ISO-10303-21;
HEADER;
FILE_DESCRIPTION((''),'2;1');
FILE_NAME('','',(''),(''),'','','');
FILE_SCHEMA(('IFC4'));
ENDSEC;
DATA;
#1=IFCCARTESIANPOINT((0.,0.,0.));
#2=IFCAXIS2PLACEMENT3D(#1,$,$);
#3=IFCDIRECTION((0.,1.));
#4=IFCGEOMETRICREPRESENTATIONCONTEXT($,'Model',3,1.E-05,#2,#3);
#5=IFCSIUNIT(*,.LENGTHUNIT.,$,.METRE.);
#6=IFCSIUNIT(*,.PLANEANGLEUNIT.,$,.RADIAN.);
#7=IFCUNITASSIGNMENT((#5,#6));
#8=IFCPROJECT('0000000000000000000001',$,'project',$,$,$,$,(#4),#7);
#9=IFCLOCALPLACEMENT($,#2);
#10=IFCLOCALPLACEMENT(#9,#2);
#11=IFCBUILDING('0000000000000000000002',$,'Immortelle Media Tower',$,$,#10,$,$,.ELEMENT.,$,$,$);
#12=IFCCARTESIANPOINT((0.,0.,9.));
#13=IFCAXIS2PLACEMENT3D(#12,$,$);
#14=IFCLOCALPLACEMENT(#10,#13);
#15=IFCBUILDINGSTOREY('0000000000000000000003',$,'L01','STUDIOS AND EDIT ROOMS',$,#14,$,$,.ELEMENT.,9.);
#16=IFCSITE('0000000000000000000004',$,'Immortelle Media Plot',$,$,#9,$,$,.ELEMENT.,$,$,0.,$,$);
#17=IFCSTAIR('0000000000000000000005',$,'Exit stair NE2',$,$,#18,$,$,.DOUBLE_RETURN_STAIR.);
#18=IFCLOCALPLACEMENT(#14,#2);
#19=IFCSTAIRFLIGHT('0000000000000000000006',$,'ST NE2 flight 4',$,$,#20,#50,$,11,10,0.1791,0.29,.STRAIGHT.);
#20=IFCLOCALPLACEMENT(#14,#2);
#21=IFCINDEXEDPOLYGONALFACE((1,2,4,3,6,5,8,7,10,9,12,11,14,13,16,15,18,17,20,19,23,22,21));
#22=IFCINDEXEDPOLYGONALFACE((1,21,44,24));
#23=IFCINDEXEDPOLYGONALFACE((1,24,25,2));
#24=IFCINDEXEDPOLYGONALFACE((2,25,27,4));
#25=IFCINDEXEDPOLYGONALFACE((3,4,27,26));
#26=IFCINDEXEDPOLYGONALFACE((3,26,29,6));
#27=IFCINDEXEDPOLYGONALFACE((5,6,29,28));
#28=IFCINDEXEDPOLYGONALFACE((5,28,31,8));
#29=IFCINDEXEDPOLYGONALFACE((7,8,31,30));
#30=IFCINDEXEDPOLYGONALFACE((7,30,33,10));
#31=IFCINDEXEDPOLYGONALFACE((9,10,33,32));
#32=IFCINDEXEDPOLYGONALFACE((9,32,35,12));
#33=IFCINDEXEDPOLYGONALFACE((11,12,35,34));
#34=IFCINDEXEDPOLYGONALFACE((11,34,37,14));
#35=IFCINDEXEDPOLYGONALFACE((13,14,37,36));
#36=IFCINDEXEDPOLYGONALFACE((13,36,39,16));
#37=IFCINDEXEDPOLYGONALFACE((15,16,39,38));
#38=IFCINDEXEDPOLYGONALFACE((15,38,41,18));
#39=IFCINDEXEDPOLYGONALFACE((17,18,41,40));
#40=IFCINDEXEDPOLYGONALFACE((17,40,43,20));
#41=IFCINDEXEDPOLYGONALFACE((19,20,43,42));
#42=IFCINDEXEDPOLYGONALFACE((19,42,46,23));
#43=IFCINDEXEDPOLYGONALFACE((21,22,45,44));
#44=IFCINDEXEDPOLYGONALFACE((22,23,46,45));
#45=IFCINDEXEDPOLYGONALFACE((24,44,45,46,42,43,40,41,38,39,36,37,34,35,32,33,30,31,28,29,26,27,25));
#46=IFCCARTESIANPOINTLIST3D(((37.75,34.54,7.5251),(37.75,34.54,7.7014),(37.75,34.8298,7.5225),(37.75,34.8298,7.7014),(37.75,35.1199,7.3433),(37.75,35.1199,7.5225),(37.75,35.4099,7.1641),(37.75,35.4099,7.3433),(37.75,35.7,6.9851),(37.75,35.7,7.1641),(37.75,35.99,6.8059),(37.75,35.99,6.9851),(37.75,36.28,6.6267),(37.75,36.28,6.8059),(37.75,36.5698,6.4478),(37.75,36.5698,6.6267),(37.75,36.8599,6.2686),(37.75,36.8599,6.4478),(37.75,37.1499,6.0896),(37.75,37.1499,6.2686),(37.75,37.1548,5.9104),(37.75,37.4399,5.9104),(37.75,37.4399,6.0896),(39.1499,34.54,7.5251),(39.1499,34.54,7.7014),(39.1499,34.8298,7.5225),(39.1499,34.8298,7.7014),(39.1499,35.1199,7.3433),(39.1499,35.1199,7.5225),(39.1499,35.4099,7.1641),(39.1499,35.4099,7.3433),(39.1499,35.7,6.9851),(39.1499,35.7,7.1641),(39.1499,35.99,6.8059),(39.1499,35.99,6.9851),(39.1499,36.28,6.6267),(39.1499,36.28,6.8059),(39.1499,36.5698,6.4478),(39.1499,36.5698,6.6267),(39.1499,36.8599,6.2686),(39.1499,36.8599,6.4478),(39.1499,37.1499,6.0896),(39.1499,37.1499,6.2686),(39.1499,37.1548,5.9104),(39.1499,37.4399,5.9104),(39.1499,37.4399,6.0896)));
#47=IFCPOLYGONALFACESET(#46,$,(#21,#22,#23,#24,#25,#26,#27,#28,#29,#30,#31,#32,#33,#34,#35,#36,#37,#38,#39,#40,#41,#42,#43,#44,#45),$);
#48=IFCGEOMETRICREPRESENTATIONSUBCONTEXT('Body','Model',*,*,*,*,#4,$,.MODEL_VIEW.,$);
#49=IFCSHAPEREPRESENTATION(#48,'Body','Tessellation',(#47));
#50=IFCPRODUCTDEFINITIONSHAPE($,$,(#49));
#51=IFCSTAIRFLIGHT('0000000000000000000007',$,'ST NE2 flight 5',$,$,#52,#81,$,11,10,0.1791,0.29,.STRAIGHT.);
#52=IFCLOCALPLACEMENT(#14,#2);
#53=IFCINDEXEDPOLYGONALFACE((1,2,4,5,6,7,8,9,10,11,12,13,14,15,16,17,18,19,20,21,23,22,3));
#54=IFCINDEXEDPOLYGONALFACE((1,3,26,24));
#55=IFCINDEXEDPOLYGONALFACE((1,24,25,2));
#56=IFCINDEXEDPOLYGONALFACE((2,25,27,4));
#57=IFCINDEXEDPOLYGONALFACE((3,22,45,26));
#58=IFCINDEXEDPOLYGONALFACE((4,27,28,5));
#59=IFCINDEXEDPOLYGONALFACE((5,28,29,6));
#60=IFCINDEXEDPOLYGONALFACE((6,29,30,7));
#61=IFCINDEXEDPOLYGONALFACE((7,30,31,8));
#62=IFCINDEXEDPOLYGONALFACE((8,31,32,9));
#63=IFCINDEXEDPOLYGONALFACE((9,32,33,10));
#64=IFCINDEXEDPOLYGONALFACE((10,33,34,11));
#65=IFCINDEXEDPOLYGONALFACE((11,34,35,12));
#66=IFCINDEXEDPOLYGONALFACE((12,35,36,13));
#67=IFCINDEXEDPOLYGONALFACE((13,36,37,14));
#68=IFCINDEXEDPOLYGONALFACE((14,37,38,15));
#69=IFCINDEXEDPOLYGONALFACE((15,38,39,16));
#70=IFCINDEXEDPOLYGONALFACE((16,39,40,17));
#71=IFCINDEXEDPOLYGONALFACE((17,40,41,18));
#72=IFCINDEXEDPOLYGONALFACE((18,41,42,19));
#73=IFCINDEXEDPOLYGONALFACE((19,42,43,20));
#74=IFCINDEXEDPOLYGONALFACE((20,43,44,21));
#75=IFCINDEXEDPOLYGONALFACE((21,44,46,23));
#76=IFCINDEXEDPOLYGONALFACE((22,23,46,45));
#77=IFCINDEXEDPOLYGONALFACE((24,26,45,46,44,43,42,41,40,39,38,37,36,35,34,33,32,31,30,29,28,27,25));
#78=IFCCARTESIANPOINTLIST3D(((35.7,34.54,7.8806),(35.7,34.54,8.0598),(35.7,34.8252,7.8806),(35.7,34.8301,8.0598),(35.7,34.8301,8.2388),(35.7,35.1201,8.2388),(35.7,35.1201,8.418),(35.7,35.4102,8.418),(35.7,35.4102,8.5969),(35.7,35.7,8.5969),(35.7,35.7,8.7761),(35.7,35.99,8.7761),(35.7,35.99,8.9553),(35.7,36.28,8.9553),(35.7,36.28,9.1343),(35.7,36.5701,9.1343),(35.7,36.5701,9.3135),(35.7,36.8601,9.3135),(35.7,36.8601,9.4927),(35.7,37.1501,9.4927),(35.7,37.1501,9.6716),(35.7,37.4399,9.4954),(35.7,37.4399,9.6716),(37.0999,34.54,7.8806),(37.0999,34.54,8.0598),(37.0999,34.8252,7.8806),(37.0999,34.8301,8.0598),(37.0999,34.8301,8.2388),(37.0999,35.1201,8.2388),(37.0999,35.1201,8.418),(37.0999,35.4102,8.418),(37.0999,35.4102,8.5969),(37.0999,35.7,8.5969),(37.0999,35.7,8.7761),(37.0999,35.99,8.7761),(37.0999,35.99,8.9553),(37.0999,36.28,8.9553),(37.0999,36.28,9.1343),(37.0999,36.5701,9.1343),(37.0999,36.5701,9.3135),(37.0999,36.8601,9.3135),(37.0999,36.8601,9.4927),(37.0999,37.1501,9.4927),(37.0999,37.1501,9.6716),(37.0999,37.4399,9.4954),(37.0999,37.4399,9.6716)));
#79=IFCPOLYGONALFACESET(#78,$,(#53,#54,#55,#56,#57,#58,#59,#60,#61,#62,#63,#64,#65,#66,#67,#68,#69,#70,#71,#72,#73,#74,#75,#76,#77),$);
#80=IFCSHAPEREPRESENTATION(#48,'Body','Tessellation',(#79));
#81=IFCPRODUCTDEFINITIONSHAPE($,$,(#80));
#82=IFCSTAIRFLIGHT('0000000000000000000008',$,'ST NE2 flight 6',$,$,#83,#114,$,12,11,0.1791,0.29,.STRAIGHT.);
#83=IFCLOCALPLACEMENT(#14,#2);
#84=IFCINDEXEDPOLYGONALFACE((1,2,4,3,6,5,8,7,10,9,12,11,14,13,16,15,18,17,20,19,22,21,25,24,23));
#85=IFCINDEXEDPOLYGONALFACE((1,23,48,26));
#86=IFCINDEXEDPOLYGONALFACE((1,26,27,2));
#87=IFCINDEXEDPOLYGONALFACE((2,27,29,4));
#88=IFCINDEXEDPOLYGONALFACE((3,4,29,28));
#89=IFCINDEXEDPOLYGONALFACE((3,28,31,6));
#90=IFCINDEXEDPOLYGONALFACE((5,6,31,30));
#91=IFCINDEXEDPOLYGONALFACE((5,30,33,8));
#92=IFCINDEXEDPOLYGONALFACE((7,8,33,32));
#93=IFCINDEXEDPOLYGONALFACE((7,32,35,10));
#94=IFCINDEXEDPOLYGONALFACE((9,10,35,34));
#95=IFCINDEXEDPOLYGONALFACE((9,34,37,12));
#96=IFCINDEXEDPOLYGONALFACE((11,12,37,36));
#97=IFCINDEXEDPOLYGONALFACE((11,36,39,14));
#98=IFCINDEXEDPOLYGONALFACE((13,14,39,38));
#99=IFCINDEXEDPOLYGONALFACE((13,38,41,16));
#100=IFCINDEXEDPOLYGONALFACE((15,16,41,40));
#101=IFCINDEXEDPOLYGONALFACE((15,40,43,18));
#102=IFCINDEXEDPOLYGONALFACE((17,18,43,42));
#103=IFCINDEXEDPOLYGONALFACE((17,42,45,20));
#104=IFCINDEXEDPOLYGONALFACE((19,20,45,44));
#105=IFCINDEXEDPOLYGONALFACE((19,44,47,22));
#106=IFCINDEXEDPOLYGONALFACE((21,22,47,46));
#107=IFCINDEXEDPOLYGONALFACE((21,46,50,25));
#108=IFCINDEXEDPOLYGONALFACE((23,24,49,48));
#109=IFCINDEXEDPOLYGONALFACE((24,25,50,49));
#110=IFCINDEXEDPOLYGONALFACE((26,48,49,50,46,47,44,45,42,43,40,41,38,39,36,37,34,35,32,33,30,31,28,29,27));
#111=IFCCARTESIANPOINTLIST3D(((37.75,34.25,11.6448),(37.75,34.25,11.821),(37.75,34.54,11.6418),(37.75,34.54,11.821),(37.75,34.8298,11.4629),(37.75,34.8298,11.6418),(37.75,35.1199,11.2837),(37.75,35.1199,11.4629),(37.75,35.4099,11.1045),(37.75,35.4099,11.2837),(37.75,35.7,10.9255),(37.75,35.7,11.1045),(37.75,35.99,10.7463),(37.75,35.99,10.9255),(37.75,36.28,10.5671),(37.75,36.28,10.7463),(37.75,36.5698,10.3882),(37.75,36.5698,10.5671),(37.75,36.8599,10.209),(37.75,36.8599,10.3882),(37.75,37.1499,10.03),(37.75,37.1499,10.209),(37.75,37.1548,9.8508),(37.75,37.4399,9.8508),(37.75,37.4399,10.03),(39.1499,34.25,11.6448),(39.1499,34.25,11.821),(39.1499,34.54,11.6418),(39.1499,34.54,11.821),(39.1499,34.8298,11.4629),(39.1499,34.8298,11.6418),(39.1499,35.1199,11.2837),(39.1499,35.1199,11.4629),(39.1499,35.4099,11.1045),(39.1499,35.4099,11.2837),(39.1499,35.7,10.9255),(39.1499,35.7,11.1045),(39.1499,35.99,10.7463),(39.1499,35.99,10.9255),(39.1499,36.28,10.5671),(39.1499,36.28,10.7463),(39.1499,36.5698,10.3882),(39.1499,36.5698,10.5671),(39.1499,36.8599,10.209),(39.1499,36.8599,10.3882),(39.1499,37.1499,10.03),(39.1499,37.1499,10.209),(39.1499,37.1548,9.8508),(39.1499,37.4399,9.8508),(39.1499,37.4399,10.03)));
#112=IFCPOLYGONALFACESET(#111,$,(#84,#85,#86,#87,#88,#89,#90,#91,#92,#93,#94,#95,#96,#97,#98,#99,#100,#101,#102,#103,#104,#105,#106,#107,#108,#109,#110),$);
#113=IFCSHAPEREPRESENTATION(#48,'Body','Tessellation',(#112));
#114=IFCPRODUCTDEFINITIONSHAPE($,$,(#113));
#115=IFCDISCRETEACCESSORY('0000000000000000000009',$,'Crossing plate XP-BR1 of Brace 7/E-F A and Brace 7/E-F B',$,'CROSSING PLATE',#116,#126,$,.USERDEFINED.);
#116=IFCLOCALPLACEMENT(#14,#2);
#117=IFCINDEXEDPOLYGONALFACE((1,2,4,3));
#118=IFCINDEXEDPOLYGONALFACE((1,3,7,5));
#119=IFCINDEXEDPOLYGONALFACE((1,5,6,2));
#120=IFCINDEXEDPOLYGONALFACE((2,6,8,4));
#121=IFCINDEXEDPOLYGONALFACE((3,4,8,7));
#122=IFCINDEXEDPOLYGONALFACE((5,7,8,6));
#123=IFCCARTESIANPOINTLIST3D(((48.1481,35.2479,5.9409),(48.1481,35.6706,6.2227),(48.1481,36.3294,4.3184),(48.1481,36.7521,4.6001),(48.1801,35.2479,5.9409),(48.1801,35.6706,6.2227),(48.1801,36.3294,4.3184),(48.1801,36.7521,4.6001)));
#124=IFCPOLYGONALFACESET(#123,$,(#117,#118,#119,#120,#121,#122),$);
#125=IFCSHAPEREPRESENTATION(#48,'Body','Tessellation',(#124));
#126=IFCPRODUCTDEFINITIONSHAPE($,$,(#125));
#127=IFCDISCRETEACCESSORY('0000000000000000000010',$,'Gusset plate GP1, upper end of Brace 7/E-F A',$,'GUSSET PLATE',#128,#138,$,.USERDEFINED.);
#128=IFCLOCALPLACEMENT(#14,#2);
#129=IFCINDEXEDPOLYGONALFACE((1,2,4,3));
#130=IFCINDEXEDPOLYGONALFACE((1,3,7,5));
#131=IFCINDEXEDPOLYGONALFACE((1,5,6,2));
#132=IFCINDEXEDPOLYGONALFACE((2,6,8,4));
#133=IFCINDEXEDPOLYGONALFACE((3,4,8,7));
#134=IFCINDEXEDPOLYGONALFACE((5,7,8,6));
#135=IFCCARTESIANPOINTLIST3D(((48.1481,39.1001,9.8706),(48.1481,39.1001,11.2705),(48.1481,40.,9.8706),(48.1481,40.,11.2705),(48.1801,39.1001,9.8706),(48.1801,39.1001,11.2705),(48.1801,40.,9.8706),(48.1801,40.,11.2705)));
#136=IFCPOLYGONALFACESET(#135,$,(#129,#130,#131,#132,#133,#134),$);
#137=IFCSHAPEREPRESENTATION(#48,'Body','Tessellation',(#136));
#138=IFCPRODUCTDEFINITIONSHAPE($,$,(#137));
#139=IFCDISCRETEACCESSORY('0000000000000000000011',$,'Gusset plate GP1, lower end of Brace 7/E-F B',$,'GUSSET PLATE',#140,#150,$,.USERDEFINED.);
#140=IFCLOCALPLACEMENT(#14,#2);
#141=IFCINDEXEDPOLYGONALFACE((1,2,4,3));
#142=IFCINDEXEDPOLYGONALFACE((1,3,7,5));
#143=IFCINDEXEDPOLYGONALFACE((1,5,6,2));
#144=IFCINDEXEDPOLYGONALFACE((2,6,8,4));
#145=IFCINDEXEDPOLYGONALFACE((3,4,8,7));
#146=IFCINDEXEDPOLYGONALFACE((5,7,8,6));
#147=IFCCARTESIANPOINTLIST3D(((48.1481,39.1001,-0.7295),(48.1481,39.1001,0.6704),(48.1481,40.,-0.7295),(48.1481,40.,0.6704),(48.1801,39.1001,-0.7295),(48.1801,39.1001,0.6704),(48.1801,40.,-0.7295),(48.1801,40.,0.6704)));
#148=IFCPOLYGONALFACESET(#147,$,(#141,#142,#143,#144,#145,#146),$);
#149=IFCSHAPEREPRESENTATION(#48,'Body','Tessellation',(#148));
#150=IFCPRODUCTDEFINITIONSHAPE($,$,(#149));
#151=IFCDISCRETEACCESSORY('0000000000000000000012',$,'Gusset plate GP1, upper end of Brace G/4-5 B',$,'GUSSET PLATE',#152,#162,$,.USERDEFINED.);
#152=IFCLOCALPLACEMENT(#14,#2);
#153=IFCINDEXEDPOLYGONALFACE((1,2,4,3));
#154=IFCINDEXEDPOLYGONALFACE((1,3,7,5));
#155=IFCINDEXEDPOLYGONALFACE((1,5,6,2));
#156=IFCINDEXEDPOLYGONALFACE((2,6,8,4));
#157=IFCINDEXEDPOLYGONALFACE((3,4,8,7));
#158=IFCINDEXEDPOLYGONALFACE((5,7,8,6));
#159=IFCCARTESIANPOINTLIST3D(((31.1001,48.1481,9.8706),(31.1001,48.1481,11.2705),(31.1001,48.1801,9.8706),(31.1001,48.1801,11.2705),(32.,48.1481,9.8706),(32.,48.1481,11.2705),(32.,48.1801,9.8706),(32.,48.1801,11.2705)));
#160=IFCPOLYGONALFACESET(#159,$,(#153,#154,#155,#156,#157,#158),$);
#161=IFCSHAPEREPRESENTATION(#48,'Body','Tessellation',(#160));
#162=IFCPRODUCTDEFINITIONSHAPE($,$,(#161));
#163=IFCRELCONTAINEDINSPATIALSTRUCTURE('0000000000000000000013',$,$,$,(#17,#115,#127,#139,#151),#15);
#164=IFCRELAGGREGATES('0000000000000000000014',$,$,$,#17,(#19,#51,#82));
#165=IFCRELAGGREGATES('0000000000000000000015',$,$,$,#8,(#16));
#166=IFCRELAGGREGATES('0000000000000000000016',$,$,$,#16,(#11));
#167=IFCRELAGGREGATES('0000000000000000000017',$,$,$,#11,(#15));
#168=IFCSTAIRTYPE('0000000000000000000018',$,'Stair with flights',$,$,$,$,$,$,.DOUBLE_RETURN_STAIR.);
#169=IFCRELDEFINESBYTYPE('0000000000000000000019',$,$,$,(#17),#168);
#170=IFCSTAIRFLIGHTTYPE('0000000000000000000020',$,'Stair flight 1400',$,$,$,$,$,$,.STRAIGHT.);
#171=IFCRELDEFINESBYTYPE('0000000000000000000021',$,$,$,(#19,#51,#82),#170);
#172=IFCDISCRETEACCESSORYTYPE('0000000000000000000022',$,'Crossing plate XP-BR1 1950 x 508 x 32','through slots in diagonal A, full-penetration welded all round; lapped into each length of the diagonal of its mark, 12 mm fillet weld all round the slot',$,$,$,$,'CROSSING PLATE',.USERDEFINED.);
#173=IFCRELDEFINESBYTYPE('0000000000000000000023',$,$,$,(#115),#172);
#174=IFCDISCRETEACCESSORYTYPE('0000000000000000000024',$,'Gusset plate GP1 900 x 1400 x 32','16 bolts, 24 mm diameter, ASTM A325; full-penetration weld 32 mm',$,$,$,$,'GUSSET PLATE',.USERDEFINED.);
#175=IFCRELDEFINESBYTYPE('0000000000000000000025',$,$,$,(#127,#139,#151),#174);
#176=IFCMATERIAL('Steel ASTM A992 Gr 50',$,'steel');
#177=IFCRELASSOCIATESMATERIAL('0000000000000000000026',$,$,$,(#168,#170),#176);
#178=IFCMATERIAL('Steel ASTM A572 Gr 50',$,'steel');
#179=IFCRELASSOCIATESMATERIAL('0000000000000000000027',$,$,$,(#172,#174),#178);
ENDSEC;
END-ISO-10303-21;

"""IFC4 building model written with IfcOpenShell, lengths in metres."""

from ifc_helpers import new_model, si_unit, direction, frame, origin, origin_2d, place, context, subcontext, project, spatial, polyline, rectangle, outline, extrude, material, material_profile, profile_set, type_object, element, aggregate, save


model = new_model("IFC4")

# Units and contexts
model_context = context("Model", 3, precision=1e-05, world=origin(), true_north=direction((0.0, 1.0)))
body_context = subcontext(model_context, "Body", "Model", "MODEL_VIEW")
ifc_project = project(units=[si_unit("LENGTHUNIT", "METRE"), si_unit("PLANEANGLEUNIT", "RADIAN")], contexts=[model_context])

# Site, building, storey
site_placement = place(None, origin())
site = spatial("IfcSite", under=ifc_project, at=site_placement, Name="Immortelle Media Plot", CompositionType="ELEMENT", RefElevation=0.0)
building_placement = place(site_placement, origin())
building = spatial("IfcBuilding", under=site, at=building_placement, Name="Immortelle Media Tower", CompositionType="ELEMENT")
storey_placement = place(building_placement, frame((0.0, 0.0, 9.0)))
storey = spatial("IfcBuildingStorey", under=building, at=storey_placement, Name="L01", Description="STUDIOS AND EDIT ROOMS", CompositionType="ELEMENT", Elevation=9.0)

# Shared definitions
ifc_material_1 = material(Name="Steel ASTM A992 Gr 50", Category="steel")

# Stair, stair flights
stair_type = type_object("IfcStairType", Name="Stair with flights", PredefinedType="DOUBLE_RETURN_STAIR", material=ifc_material_1)
stair_flight_type = type_object("IfcStairFlightType", Name="Stair flight 1400", PredefinedType="STRAIGHT", material=ifc_material_1)
stair_1_placement = place(storey_placement, origin())
stair_1 = element("IfcStair", 1, at=stair_1_placement, inside=storey, type_object=stair_type, Name="Exit stair NE2", PredefinedType="DOUBLE_RETURN_STAIR")
stair_flight_1_placement = place(storey_placement, frame((38.45, 37.4399, 5.9104), z_axis=(0.0, 0.0, 1.0), x_axis=(0.0, -1.0, 0.0)))
stair_flight_1 = element("IfcStairFlight", 2, at=stair_flight_1_placement, type_object=stair_flight_type, Name="ST NE2 flight 4", NumberOfRisers=11, NumberOfTreads=10, PredefinedType="STRAIGHT", RiserHeight=0.1791, TreadLength=0.29, context=body_context, shape_type="SweptSolid", body=[
    extrude(outline(polyline([(0.0, 0.0), (0.0, 0.1792), (0.29, 0.1792), (0.29, 0.3582), (0.5801, 0.3582), (0.5801, 0.5374), (0.8701, 0.5374), (0.8701, 0.7163), (1.1599, 0.7163), (1.1599, 0.8955), (1.45, 0.8955), (1.45, 1.0747), (1.74, 1.0747), (1.74, 1.2537), (2.03, 1.2537), (2.03, 1.4329), (2.3201, 1.4329), (2.3201, 1.6121), (2.6101, 1.6121), (2.6101, 1.791), (2.8999, 1.791), (2.8999, 1.9702), (2.8999, 1.6147), (0.2852, 0.0), (0.0, 0.0)])), frame((0.0, 0.7, 0.0), z_axis=(0.0, -1.0, 0.0), x_axis=(1.0, 0.0, 0.0)), (0.0, 0.0, 1.0), 1.3999),
])
stair_flight_2_placement = place(storey_placement, frame((36.3999, 34.54, 7.8806), z_axis=(0.0, 0.0, 1.0), x_axis=(0.0, 1.0, 0.0)))
stair_flight_2 = element("IfcStairFlight", 3, at=stair_flight_2_placement, type_object=stair_flight_type, Name="ST NE2 flight 5", NumberOfRisers=11, NumberOfTreads=10, PredefinedType="STRAIGHT", RiserHeight=0.1791, TreadLength=0.29, context=body_context, shape_type="SweptSolid", body=[
    extrude(outline(polyline([(0.0, 0.0), (0.0, 0.1792), (0.29, 0.1792), (0.29, 0.3582), (0.5801, 0.3582), (0.5801, 0.5374), (0.8701, 0.5374), (0.8701, 0.7163), (1.1599, 0.7163), (1.1599, 0.8955), (1.45, 0.8955), (1.45, 1.0747), (1.74, 1.0747), (1.74, 1.2537), (2.03, 1.2537), (2.03, 1.4329), (2.3201, 1.4329), (2.3201, 1.6121), (2.6101, 1.6121), (2.6101, 1.791), (2.8999, 1.791), (2.8999, 1.9702), (2.8999, 1.6147), (0.2852, 0.0), (0.0, 0.0)])), frame((0.0, 0.7, 0.0), z_axis=(0.0, -1.0, 0.0), x_axis=(1.0, 0.0, 0.0)), (0.0, 0.0, 1.0), 1.3999),
])
stair_flight_3_placement = place(storey_placement, frame((38.45, 37.4399, 9.8508), z_axis=(0.0, 0.0, 1.0), x_axis=(0.0, -1.0, 0.0)))
stair_flight_3 = element("IfcStairFlight", 4, at=stair_flight_3_placement, type_object=stair_flight_type, Name="ST NE2 flight 6", NumberOfRisers=12, NumberOfTreads=11, PredefinedType="STRAIGHT", RiserHeight=0.1791, TreadLength=0.29, context=body_context, shape_type="SweptSolid", body=[
    extrude(outline(polyline([(0.0, 0.0), (0.0, 0.1792), (0.29, 0.1792), (0.29, 0.3582), (0.5801, 0.3582), (0.5801, 0.5374), (0.8701, 0.5374), (0.8701, 0.7163), (1.1599, 0.7163), (1.1599, 0.8955), (1.45, 0.8955), (1.45, 1.0747), (1.74, 1.0747), (1.74, 1.2537), (2.03, 1.2537), (2.03, 1.4329), (2.3201, 1.4329), (2.3201, 1.6121), (2.6101, 1.6121), (2.6101, 1.791), (2.8999, 1.791), (2.8999, 1.9702), (3.1899, 1.9702), (3.1899, 2.1492), (3.1899, 1.7939), (0.2852, 0.0), (0.0, 0.0)])), frame((0.0, 0.7, 0.0), z_axis=(0.0, -1.0, 0.0), x_axis=(1.0, 0.0, 0.0)), (0.0, 0.0, 1.0), 1.3999),
])
aggregate(stair_1, [stair_flight_1, stair_flight_2, stair_flight_3])

# Discrete accessories
ifc_material_2 = material(Name="Steel ASTM A572 Gr 50", Category="steel")
ifc_material_profile_1 = material_profile(ifc_material_2, rectangle(XDim=0.032, YDim=0.5081, at=origin_2d()), Name="PL 32 x 508")
ifc_profile_set_1 = profile_set([ifc_material_profile_1], Name="Steel ASTM A572 Gr 50")
discrete_accessory_type_1 = type_object("IfcDiscreteAccessoryType", Name="Crossing plate XP-BR1 1950 x 508 x 32", Description="through slots in diagonal A, full-penetration welded all round; lapped into each length of the diagonal of its mark, 12 mm fillet weld all round the slot", ElementType="CROSSING PLATE", PredefinedType="USERDEFINED", material=ifc_profile_set_1)
discrete_accessory_placement = place(storey_placement, frame((48.1641, 35.4592, 6.0818), z_axis=(0.0, 0.554642, -0.832089), x_axis=(-1.0, 0.0, 0.0)))
element("IfcDiscreteAccessory", 5, at=discrete_accessory_placement, inside=storey, type_object=discrete_accessory_type_1, Name="Crossing plate XP-BR1 of Brace 7/E-F A and Brace 7/E-F B", ObjectType="CROSSING PLATE", PredefinedType="USERDEFINED", context=body_context, shape_type="SweptSolid", body=[
    extrude(rectangle(XDim=0.032, YDim=0.5081, at=origin_2d()), origin(), (0.0, 0.0, 1.0), 1.95),
])
ifc_material_profile_2 = material_profile(ifc_material_2, rectangle(XDim=0.032, YDim=1.3999, at=origin_2d()), Name="PL 32 x 1400")
ifc_profile_set_2 = profile_set([ifc_material_profile_2], Name="Steel ASTM A572 Gr 50")
discrete_accessory_type_2 = type_object("IfcDiscreteAccessoryType", Name="Gusset plate GP1 900 x 1400 x 32", Description="16 bolts, 24 mm diameter, ASTM A325; full-penetration weld 32 mm", ElementType="GUSSET PLATE", PredefinedType="USERDEFINED", material=ifc_profile_set_2)
for number, where, z_axis, x_axis, name in (
    (6, (48.1641, 40.0, 10.5706), (0.0, -1.0, 0.0), (1.0, 0.0, 0.0), "Gusset plate GP1, upper end of Brace 7/E-F A"),
    (7, (48.1641, 40.0, -0.0295), (0.0, -1.0, 0.0), (1.0, 0.0, 0.0), "Gusset plate GP1, lower end of Brace 7/E-F B"),
    (8, (32.0, 48.1641, 10.5706), (-1.0, 0.0, 0.0), (0.0, -1.0, 0.0), "Gusset plate GP1, upper end of Brace G/4-5 B"),
):
    element("IfcDiscreteAccessory", number, at=place(storey_placement, frame(where, z_axis=z_axis, x_axis=x_axis)), inside=storey, type_object=discrete_accessory_type_2, Name=name, ObjectType="GUSSET PLATE", PredefinedType="USERDEFINED", context=body_context, shape_type="SweptSolid", body=[
        extrude(rectangle(XDim=0.032, YDim=1.3999, at=origin_2d()), origin(), (0.0, 0.0, 1.0), 0.8999),
    ])

save(model, "model.ifc")
